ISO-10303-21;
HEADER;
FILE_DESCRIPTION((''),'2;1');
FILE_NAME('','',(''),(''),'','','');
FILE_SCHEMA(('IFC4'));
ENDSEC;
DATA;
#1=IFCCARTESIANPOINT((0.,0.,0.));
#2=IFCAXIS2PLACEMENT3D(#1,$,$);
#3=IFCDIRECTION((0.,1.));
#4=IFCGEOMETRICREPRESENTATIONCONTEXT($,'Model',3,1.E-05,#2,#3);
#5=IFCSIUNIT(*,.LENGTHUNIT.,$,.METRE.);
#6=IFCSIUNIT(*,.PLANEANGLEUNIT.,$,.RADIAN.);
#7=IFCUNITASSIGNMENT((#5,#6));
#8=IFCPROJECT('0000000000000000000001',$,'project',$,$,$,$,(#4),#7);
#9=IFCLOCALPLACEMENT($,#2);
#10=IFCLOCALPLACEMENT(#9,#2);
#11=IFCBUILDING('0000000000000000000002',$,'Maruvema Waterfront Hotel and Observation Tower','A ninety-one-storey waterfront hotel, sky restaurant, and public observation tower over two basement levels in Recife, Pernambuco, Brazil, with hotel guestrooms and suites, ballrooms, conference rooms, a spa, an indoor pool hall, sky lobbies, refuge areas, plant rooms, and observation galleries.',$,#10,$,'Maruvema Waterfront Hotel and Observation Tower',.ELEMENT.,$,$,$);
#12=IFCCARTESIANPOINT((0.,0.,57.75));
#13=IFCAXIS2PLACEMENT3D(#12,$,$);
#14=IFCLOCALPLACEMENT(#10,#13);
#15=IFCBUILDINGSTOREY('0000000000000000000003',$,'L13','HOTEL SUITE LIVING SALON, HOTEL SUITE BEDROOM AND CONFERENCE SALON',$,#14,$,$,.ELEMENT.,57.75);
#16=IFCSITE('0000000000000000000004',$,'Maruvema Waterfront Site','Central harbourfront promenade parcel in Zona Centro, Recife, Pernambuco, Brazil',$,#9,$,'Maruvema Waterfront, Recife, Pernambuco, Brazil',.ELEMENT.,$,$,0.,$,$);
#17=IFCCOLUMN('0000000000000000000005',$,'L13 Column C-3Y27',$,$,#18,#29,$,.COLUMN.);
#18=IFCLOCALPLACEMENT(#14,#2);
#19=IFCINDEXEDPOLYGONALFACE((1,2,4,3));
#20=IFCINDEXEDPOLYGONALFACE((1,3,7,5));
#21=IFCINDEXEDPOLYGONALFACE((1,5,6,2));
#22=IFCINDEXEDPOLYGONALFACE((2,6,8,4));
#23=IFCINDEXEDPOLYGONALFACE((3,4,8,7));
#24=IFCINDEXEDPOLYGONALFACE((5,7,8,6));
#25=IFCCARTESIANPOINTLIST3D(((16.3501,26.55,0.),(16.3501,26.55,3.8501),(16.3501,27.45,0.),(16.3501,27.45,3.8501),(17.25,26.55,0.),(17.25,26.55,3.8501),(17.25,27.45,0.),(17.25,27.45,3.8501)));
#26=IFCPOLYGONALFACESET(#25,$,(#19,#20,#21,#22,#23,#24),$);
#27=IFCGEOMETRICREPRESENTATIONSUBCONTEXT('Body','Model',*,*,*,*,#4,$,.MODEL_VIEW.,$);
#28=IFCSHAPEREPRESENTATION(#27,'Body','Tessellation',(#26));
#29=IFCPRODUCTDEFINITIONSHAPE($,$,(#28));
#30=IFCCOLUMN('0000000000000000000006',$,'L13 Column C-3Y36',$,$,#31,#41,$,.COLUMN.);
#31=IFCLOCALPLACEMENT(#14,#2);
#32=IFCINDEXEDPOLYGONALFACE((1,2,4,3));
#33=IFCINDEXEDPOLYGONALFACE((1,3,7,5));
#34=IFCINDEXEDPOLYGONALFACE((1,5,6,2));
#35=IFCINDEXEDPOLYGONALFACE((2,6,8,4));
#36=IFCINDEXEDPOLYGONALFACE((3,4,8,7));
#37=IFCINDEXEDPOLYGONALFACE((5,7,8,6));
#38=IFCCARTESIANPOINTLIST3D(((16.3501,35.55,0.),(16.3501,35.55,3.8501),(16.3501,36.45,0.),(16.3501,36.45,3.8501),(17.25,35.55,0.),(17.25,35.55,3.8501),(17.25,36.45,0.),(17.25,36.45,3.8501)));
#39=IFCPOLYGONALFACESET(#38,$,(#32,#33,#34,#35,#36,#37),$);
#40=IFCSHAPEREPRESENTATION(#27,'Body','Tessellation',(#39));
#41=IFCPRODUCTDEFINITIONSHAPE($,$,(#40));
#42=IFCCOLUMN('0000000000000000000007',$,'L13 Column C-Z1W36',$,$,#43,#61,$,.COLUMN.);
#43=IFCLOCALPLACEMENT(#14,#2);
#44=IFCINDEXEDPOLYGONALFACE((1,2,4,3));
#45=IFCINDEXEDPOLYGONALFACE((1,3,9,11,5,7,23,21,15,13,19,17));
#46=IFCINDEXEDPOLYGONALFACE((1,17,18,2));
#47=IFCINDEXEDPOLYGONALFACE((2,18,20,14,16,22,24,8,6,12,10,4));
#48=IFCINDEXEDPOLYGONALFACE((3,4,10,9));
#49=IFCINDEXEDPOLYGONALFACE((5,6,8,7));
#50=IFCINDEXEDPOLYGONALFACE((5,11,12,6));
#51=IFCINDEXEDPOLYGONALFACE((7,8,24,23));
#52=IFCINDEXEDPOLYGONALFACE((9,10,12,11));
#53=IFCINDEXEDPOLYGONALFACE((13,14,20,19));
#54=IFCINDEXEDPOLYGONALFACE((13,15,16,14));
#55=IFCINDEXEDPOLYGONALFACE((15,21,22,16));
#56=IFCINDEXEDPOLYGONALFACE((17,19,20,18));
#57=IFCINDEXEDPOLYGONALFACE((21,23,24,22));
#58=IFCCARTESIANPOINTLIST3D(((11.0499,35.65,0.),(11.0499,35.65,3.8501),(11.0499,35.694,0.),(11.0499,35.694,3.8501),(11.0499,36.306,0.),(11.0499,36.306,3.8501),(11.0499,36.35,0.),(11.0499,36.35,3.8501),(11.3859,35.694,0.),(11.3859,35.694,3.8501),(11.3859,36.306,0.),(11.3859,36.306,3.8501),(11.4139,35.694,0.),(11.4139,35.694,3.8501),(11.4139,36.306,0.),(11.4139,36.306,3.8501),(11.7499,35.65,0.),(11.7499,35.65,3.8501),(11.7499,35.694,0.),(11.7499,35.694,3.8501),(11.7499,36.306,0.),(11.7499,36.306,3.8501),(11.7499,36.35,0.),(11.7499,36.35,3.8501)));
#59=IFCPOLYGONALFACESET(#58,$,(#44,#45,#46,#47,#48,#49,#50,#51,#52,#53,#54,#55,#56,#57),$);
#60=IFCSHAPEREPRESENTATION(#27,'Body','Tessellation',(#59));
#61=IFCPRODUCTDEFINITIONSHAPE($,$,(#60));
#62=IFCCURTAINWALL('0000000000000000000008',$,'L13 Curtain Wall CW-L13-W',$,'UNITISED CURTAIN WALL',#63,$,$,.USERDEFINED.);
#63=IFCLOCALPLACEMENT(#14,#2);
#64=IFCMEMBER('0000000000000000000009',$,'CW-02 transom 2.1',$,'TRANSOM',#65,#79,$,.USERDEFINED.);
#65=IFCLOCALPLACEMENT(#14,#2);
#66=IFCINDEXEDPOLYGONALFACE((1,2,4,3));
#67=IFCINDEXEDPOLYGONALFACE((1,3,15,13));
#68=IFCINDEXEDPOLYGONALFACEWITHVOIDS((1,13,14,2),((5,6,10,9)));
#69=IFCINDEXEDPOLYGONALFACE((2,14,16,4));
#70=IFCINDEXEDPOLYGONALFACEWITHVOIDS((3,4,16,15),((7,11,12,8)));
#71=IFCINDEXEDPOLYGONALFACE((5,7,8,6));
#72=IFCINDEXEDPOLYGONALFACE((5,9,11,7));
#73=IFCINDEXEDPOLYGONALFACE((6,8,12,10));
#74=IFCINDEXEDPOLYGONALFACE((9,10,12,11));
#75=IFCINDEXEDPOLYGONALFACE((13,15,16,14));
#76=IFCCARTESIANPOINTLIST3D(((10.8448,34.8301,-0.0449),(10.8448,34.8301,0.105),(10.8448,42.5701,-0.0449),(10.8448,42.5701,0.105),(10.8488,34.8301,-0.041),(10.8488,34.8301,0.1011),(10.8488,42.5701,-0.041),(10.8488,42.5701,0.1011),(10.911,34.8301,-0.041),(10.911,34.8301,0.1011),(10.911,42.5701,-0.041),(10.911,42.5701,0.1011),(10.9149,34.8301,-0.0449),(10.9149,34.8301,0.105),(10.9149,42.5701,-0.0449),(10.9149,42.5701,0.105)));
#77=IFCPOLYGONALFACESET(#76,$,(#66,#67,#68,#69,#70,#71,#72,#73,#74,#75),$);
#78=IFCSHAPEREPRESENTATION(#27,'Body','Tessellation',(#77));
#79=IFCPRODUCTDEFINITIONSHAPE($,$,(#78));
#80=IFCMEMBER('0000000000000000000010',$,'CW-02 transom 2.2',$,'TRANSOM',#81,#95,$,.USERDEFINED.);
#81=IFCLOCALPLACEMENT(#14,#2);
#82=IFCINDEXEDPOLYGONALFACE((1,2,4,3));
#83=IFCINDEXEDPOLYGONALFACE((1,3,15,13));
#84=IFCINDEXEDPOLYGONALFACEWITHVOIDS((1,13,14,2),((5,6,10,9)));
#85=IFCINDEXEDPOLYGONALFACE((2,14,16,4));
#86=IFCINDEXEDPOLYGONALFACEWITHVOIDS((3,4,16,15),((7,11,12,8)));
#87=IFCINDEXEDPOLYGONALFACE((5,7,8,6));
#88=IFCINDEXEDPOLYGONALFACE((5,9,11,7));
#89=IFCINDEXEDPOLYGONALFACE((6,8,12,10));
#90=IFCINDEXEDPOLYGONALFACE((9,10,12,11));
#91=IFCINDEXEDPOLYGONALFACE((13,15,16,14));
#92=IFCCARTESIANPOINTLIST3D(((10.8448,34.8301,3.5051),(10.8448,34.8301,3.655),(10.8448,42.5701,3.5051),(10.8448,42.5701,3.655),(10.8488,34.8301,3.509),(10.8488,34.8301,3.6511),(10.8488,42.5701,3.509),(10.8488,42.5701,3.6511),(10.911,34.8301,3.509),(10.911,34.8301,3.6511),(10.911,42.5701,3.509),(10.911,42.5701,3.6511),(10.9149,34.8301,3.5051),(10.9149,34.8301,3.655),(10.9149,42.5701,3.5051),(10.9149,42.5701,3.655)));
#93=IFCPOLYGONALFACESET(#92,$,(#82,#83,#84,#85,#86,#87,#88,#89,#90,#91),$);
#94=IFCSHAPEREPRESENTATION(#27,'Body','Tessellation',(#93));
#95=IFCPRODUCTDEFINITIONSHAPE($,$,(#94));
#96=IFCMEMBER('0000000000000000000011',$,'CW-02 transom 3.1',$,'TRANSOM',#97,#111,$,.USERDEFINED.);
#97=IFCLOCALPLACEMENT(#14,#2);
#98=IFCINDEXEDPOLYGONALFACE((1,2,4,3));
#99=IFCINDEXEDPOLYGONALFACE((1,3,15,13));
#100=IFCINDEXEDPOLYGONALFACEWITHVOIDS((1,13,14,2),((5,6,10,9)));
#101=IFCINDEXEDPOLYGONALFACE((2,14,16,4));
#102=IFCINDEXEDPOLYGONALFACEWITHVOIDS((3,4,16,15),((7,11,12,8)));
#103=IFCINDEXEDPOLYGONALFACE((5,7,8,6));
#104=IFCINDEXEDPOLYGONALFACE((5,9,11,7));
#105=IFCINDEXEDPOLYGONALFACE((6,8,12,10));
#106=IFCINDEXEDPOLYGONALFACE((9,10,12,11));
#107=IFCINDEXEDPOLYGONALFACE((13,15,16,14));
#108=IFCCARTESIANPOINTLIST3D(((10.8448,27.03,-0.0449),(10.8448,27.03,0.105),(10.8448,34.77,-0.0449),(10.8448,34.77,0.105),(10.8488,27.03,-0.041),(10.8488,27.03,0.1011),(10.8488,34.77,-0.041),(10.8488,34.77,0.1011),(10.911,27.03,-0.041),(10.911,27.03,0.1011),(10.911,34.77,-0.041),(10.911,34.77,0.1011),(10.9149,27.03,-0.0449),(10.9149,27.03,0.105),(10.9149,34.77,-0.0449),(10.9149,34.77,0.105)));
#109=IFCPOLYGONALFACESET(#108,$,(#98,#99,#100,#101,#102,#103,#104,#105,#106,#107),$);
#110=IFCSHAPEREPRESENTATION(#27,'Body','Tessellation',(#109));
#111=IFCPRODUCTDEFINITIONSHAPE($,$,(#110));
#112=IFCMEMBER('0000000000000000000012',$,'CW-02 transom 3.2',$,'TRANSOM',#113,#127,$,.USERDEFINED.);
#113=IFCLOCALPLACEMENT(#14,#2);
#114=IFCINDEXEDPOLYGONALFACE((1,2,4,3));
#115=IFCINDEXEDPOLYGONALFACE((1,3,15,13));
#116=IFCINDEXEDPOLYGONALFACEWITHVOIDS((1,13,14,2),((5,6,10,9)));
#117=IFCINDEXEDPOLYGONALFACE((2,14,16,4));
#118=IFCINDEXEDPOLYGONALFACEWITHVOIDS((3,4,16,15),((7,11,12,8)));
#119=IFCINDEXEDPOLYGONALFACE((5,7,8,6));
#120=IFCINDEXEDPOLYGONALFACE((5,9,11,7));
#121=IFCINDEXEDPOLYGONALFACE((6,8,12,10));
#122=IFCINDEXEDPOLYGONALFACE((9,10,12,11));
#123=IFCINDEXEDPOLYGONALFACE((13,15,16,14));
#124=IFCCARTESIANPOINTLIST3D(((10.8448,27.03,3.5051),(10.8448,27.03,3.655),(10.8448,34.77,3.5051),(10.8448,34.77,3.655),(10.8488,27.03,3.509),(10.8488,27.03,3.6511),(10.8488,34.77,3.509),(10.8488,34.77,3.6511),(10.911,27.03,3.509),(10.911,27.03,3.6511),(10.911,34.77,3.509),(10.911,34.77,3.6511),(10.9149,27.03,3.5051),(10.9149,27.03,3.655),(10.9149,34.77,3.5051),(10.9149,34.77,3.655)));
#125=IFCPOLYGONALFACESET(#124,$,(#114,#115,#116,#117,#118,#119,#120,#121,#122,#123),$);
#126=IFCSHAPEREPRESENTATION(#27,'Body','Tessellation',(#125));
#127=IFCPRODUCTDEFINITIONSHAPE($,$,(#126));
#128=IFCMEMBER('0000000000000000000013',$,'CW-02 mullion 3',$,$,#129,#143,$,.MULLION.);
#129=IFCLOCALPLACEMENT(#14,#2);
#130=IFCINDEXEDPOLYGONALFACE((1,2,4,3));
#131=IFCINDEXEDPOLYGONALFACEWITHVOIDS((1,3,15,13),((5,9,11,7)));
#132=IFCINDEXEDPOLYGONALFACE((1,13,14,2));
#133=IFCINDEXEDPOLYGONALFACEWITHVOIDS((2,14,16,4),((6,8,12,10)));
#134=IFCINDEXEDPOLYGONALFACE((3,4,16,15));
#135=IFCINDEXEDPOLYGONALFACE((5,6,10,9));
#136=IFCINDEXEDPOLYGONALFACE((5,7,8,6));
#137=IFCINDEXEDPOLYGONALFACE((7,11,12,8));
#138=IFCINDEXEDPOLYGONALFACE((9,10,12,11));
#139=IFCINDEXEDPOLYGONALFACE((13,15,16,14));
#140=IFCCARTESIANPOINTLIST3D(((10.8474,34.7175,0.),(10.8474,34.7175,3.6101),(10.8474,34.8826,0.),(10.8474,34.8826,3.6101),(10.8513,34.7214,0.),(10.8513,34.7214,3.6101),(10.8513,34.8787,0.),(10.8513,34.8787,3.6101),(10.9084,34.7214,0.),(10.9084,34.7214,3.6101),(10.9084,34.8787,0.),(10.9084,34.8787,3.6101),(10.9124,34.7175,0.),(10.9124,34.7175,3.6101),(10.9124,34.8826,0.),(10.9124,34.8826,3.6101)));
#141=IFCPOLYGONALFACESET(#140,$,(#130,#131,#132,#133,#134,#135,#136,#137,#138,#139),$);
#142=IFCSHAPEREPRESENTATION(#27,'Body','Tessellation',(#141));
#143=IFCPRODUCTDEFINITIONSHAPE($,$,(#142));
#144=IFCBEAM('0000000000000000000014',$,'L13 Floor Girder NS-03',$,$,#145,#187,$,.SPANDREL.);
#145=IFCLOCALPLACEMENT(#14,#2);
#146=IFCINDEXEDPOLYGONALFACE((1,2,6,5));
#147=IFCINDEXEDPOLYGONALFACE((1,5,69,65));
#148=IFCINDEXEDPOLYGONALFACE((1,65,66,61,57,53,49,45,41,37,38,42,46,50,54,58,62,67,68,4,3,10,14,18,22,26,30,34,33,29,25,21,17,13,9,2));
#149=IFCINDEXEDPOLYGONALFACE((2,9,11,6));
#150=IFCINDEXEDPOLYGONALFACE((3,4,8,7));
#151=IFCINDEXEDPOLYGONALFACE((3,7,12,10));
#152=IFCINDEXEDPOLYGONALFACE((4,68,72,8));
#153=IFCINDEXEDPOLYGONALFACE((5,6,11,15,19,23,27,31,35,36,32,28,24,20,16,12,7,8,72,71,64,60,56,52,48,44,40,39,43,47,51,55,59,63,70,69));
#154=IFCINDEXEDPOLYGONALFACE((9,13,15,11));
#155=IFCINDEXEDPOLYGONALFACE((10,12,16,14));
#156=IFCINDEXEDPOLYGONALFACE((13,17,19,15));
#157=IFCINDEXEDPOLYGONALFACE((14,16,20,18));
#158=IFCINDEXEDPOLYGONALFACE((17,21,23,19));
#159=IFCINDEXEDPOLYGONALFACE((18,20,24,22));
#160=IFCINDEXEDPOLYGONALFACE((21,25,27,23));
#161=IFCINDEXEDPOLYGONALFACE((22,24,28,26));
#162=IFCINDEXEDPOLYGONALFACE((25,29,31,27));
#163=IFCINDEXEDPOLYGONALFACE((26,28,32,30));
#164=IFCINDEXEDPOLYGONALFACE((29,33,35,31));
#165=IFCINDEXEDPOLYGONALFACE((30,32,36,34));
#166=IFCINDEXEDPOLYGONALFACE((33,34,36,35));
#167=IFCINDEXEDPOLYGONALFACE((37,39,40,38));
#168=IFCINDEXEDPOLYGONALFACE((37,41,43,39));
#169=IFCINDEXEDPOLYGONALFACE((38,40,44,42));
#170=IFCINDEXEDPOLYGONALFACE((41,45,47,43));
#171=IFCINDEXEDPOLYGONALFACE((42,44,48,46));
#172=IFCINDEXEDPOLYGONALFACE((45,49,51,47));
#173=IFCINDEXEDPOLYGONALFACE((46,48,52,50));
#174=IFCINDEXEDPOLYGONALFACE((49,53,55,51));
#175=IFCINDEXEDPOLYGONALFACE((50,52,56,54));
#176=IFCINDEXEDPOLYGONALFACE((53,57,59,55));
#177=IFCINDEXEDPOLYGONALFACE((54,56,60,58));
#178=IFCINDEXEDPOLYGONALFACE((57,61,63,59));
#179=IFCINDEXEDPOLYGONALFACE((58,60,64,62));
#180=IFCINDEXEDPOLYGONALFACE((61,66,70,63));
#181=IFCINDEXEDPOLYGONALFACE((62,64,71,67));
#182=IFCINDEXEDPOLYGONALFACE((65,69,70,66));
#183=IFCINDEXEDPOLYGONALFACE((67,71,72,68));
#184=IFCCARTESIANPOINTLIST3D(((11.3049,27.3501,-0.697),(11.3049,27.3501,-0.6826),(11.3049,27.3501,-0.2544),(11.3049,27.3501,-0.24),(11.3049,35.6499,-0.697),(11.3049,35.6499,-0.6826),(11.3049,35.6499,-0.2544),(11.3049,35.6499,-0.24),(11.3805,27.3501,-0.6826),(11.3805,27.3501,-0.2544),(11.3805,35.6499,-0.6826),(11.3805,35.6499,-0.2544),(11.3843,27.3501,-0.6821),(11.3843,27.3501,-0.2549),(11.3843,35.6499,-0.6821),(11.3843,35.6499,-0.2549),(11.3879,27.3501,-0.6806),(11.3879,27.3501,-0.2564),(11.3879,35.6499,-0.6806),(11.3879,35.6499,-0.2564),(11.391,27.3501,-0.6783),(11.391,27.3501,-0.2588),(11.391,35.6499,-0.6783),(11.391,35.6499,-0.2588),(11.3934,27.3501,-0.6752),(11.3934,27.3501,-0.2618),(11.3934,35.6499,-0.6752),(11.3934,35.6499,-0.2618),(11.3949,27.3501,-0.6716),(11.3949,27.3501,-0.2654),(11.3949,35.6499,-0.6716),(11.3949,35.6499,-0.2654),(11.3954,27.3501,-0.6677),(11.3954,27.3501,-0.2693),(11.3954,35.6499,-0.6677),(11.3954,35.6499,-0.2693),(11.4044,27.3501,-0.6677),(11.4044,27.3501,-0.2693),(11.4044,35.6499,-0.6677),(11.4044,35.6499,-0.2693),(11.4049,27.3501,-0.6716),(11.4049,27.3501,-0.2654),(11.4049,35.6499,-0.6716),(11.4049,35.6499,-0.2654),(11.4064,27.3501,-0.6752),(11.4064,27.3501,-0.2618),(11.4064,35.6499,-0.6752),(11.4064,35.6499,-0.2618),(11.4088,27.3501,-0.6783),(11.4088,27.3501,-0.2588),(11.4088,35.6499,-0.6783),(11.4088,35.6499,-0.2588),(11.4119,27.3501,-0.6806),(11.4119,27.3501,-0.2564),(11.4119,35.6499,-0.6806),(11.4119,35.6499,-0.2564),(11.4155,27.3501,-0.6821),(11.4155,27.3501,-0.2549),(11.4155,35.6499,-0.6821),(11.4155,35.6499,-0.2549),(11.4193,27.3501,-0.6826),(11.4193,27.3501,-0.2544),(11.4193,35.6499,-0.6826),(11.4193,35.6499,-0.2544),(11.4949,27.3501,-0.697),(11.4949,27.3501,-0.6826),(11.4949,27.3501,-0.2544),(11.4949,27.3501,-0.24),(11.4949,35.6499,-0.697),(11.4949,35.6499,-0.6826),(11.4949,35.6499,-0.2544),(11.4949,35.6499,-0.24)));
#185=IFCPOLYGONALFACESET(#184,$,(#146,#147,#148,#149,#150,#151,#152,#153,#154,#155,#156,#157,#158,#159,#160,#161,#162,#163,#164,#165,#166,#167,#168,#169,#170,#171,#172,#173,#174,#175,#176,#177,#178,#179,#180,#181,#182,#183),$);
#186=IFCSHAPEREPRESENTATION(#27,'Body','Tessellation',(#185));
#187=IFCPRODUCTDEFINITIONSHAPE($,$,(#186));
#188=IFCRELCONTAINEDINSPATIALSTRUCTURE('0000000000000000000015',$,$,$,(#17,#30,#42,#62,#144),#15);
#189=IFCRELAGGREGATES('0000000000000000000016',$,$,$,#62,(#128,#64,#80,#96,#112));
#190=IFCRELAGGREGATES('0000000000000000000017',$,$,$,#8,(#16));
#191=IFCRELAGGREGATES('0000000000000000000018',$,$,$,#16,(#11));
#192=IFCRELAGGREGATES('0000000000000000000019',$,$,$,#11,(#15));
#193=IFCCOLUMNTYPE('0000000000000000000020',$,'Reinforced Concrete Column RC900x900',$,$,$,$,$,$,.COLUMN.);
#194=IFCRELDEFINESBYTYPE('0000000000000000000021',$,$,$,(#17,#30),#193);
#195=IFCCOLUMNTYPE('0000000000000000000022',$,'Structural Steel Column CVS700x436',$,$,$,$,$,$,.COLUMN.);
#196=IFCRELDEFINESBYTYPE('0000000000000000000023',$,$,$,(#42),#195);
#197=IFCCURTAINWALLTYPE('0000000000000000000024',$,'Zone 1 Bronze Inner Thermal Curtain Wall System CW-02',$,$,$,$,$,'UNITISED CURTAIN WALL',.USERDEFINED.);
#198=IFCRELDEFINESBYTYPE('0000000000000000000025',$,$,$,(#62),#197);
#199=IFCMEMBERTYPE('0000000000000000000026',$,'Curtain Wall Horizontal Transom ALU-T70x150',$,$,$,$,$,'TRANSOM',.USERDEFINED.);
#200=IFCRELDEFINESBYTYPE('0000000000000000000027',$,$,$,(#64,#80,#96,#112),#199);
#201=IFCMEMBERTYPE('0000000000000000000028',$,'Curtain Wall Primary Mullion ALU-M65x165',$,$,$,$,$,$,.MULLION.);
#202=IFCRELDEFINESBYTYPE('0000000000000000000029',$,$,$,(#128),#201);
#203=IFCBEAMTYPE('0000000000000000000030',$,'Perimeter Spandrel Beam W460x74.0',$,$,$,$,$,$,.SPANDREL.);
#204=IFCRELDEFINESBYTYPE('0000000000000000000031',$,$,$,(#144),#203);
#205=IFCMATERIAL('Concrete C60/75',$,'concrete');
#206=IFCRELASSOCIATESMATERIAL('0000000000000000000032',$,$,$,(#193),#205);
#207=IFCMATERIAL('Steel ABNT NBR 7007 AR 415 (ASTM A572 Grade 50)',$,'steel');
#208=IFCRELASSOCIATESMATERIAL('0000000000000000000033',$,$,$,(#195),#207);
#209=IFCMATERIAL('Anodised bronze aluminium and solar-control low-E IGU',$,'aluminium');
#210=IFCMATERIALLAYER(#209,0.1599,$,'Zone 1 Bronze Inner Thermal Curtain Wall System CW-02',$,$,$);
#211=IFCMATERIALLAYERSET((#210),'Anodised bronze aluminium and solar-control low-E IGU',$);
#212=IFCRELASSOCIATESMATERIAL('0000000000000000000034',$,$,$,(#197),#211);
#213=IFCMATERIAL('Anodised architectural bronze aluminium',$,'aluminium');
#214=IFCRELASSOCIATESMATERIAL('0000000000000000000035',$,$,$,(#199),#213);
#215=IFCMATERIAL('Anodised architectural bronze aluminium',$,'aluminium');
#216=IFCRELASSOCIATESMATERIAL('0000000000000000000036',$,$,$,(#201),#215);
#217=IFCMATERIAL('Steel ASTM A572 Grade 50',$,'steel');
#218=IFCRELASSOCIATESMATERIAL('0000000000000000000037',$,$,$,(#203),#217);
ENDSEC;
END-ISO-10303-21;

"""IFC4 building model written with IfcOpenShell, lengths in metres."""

from ifc_helpers import new_model, si_unit, direction, frame, origin, origin_2d, place, context, subcontext, project, spatial, rectangle, hollow_rectangle, i_section, extrude, material, layer, layer_set, material_profile, profile_set, type_object, element, aggregate, save


model = new_model("IFC4")

# Units and contexts
model_context = context("Model", 3, precision=1e-05, world=origin(), true_north=direction((0.0, 1.0)))
body_context = subcontext(model_context, "Body", "Model", "MODEL_VIEW")
ifc_project = project(units=[si_unit("LENGTHUNIT", "METRE"), si_unit("PLANEANGLEUNIT", "RADIAN")], contexts=[model_context])

# Site, building, storey
site_placement = place(None, origin())
site = spatial("IfcSite", under=ifc_project, at=site_placement, Name="Maruvema Waterfront Site", Description="Central harbourfront promenade parcel in Zona Centro, Recife, Pernambuco, Brazil", LongName="Maruvema Waterfront, Recife, Pernambuco, Brazil", CompositionType="ELEMENT", RefElevation=0.0)
building_placement = place(site_placement, origin())
building = spatial("IfcBuilding", under=site, at=building_placement, Name="Maruvema Waterfront Hotel and Observation Tower", Description="A ninety-one-storey waterfront hotel, sky restaurant, and public observation tower over two basement levels in Recife, Pernambuco, Brazil, with hotel guestrooms and suites, ballrooms, conference rooms, a spa, an indoor pool hall, sky lobbies, refuge areas, plant rooms, and observation galleries.", LongName="Maruvema Waterfront Hotel and Observation Tower", CompositionType="ELEMENT")
storey_placement = place(building_placement, frame((0.0, 0.0, 57.75)))
storey = spatial("IfcBuildingStorey", under=building, at=storey_placement, Name="L13", Description="HOTEL SUITE LIVING SALON, HOTEL SUITE BEDROOM AND CONFERENCE SALON", CompositionType="ELEMENT", Elevation=57.75)

# Columns
ifc_material_1 = material(Name="Concrete C60/75", Category="concrete")
ifc_material_profile_1 = material_profile(ifc_material_1, rectangle(XDim=0.8999, YDim=0.8999, at=origin_2d()), Name="RC900x900")
ifc_profile_set_1 = profile_set([ifc_material_profile_1], Name="Concrete C60/75")
column_type_1 = type_object("IfcColumnType", Name="Reinforced Concrete Column RC900x900", PredefinedType="COLUMN", material=ifc_profile_set_1)
for number, where, z_axis, x_axis, name in (
    (1, (16.8, 27.0, 0.0), (0.0, 0.0, 1.0), (1.0, 0.0, 0.0), "L13 Column C-3Y27"),
    (2, (16.8, 36.0, 0.0), (0.0, 0.0, 1.0), (1.0, 0.0, 0.0), "L13 Column C-3Y36"),
):
    element("IfcColumn", number, at=place(storey_placement, frame(where, z_axis=z_axis, x_axis=x_axis)), inside=storey, type_object=column_type_1, Name=name, PredefinedType="COLUMN", context=body_context, shape_type="SweptSolid", body=[
        extrude(rectangle(XDim=0.8999, YDim=0.8999, at=origin_2d()), origin(), (0.0, 0.0, 1.0), 3.8501),
    ])
ifc_material_2 = material(Name="Steel ABNT NBR 7007 AR 415 (ASTM A572 Grade 50)", Category="steel")
ifc_material_profile_2 = material_profile(ifc_material_2, i_section(OverallWidth=0.7, OverallDepth=0.7, WebThickness=0.0281, FlangeThickness=0.0439, at=origin_2d()), Name="CVS700x436")
ifc_profile_set_2 = profile_set([ifc_material_profile_2], Name="Steel ABNT NBR 7007 AR 415 (ASTM A572 Grade 50)")
column_type_2 = type_object("IfcColumnType", Name="Structural Steel Column CVS700x436", PredefinedType="COLUMN", material=ifc_profile_set_2)
column_placement = place(storey_placement, frame((11.3999, 36.0, 0.0), z_axis=(0.0, 0.0, 1.0), x_axis=(1.0, 0.0, 0.0)))
element("IfcColumn", 3, at=column_placement, inside=storey, type_object=column_type_2, Name="L13 Column C-Z1W36", PredefinedType="COLUMN", context=body_context, shape_type="SweptSolid", body=[
    extrude(i_section(OverallWidth=0.7, OverallDepth=0.7, WebThickness=0.0281, FlangeThickness=0.0439, at=origin_2d()), origin(), (0.0, 0.0, 1.0), 3.8501),
])

# Curtain wall, members
ifc_material_3 = material(Name="Anodised bronze aluminium and solar-control low-E IGU", Category="aluminium")
ifc_layer_1 = layer(ifc_material_3, 0.1599, Name="Zone 1 Bronze Inner Thermal Curtain Wall System CW-02")
ifc_layer_set_1 = layer_set([ifc_layer_1], Name="Anodised bronze aluminium and solar-control low-E IGU")
curtain_wall_type = type_object("IfcCurtainWallType", Name="Zone 1 Bronze Inner Thermal Curtain Wall System CW-02", ElementType="UNITISED CURTAIN WALL", PredefinedType="USERDEFINED", material=ifc_layer_set_1)
curtain_wall_placement = place(storey_placement, origin())
curtain_wall = element("IfcCurtainWall", 4, at=curtain_wall_placement, inside=storey, type_object=curtain_wall_type, Name="L13 Curtain Wall CW-L13-W", ObjectType="UNITISED CURTAIN WALL", PredefinedType="USERDEFINED")
ifc_material_4 = material(Name="Anodised architectural bronze aluminium", Category="aluminium")
ifc_material_profile_3 = material_profile(ifc_material_4, hollow_rectangle(XDim=0.0701, YDim=0.1499, WallThickness=0.0039, at=origin_2d()), Name="ALU-T70x150")
ifc_profile_set_3 = profile_set([ifc_material_profile_3], Name="Anodised architectural bronze aluminium")
member_type_1 = type_object("IfcMemberType", Name="Curtain Wall Horizontal Transom ALU-T70x150", ElementType="TRANSOM", PredefinedType="USERDEFINED", material=ifc_profile_set_3)
member_1_placement = place(storey_placement, frame((10.8799, 42.5701, 0.03), z_axis=(0.0, -1.0, 0.0), x_axis=(1.0, 0.0, 0.0)))
member_1 = element("IfcMember", 5, at=member_1_placement, type_object=member_type_1, Name="CW-02 transom 2.1", ObjectType="TRANSOM", PredefinedType="USERDEFINED", context=body_context, shape_type="SweptSolid", body=[
    extrude(hollow_rectangle(XDim=0.0701, YDim=0.1499, WallThickness=0.0039, at=origin_2d()), origin(), (0.0, 0.0, 1.0), 7.74),
])
member_2_placement = place(storey_placement, frame((10.8799, 42.5701, 3.5801), z_axis=(0.0, -1.0, 0.0), x_axis=(1.0, 0.0, 0.0)))
member_2 = element("IfcMember", 6, at=member_2_placement, type_object=member_type_1, Name="CW-02 transom 2.2", ObjectType="TRANSOM", PredefinedType="USERDEFINED", context=body_context, shape_type="SweptSolid", body=[
    extrude(hollow_rectangle(XDim=0.0701, YDim=0.1499, WallThickness=0.0039, at=origin_2d()), origin(), (0.0, 0.0, 1.0), 7.74),
])
member_3_placement = place(storey_placement, frame((10.8799, 34.77, 0.03), z_axis=(0.0, -1.0, 0.0), x_axis=(1.0, 0.0, 0.0)))
member_3 = element("IfcMember", 7, at=member_3_placement, type_object=member_type_1, Name="CW-02 transom 3.1", ObjectType="TRANSOM", PredefinedType="USERDEFINED", context=body_context, shape_type="SweptSolid", body=[
    extrude(hollow_rectangle(XDim=0.0701, YDim=0.1499, WallThickness=0.0039, at=origin_2d()), origin(), (0.0, 0.0, 1.0), 7.74),
])
member_4_placement = place(storey_placement, frame((10.8799, 34.77, 3.5801), z_axis=(0.0, -1.0, 0.0), x_axis=(1.0, 0.0, 0.0)))
member_4 = element("IfcMember", 8, at=member_4_placement, type_object=member_type_1, Name="CW-02 transom 3.2", ObjectType="TRANSOM", PredefinedType="USERDEFINED", context=body_context, shape_type="SweptSolid", body=[
    extrude(hollow_rectangle(XDim=0.0701, YDim=0.1499, WallThickness=0.0039, at=origin_2d()), origin(), (0.0, 0.0, 1.0), 7.74),
])
ifc_material_5 = material(Name="Anodised architectural bronze aluminium", Category="aluminium")
ifc_material_profile_4 = material_profile(ifc_material_5, hollow_rectangle(XDim=0.0649, YDim=0.165, WallThickness=0.0039, at=origin_2d()), Name="ALU-M65x165")
ifc_profile_set_4 = profile_set([ifc_material_profile_4], Name="Anodised architectural bronze aluminium")
member_type_2 = type_object("IfcMemberType", Name="Curtain Wall Primary Mullion ALU-M65x165", PredefinedType="MULLION", material=ifc_profile_set_4)
member_5_placement = place(storey_placement, frame((10.8799, 34.8, 0.0), z_axis=(0.0, 0.0, 1.0), x_axis=(1.0, 0.0, 0.0)))
member_5 = element("IfcMember", 9, at=member_5_placement, type_object=member_type_2, Name="CW-02 mullion 3", PredefinedType="MULLION", context=body_context, shape_type="SweptSolid", body=[
    extrude(hollow_rectangle(XDim=0.0649, YDim=0.165, WallThickness=0.0039, at=origin_2d()), origin(), (0.0, 0.0, 1.0), 3.6101),
])

# Beam
ifc_material_6 = material(Name="Steel ASTM A572 Grade 50", Category="steel")
ifc_material_profile_5 = material_profile(ifc_material_6, i_section(OverallWidth=0.1899, OverallDepth=0.457, WebThickness=0.009, FlangeThickness=0.0144, FilletRadius=0.0149, at=origin_2d()), Name="W460x74.0")
ifc_profile_set_5 = profile_set([ifc_material_profile_5], Name="Steel ASTM A572 Grade 50")
beam_type_1 = type_object("IfcBeamType", Name="Perimeter Spandrel Beam W460x74.0", PredefinedType="SPANDREL", material=ifc_profile_set_5)
for number, where, z_axis, x_axis, name in (
    (10, (11.3999, 27.3501, -0.4685), (0.0, 1.0, 0.0), (-1.0, 0.0, 0.0), "L13 Floor Girder NS-03"),
):
    element("IfcBeam", number, at=place(storey_placement, frame(where, z_axis=z_axis, x_axis=x_axis)), inside=storey, type_object=beam_type_1, Name=name, PredefinedType="SPANDREL", context=body_context, shape_type="SweptSolid", body=[
        extrude(i_section(OverallWidth=0.1899, OverallDepth=0.457, WebThickness=0.009, FlangeThickness=0.0144, FilletRadius=0.0149, at=origin_2d()), origin(), (0.0, 0.0, 1.0), 8.2998),
    ])

aggregate(curtain_wall, [member_5, member_1, member_2, member_3, member_4])

save(model, "model.ifc")
